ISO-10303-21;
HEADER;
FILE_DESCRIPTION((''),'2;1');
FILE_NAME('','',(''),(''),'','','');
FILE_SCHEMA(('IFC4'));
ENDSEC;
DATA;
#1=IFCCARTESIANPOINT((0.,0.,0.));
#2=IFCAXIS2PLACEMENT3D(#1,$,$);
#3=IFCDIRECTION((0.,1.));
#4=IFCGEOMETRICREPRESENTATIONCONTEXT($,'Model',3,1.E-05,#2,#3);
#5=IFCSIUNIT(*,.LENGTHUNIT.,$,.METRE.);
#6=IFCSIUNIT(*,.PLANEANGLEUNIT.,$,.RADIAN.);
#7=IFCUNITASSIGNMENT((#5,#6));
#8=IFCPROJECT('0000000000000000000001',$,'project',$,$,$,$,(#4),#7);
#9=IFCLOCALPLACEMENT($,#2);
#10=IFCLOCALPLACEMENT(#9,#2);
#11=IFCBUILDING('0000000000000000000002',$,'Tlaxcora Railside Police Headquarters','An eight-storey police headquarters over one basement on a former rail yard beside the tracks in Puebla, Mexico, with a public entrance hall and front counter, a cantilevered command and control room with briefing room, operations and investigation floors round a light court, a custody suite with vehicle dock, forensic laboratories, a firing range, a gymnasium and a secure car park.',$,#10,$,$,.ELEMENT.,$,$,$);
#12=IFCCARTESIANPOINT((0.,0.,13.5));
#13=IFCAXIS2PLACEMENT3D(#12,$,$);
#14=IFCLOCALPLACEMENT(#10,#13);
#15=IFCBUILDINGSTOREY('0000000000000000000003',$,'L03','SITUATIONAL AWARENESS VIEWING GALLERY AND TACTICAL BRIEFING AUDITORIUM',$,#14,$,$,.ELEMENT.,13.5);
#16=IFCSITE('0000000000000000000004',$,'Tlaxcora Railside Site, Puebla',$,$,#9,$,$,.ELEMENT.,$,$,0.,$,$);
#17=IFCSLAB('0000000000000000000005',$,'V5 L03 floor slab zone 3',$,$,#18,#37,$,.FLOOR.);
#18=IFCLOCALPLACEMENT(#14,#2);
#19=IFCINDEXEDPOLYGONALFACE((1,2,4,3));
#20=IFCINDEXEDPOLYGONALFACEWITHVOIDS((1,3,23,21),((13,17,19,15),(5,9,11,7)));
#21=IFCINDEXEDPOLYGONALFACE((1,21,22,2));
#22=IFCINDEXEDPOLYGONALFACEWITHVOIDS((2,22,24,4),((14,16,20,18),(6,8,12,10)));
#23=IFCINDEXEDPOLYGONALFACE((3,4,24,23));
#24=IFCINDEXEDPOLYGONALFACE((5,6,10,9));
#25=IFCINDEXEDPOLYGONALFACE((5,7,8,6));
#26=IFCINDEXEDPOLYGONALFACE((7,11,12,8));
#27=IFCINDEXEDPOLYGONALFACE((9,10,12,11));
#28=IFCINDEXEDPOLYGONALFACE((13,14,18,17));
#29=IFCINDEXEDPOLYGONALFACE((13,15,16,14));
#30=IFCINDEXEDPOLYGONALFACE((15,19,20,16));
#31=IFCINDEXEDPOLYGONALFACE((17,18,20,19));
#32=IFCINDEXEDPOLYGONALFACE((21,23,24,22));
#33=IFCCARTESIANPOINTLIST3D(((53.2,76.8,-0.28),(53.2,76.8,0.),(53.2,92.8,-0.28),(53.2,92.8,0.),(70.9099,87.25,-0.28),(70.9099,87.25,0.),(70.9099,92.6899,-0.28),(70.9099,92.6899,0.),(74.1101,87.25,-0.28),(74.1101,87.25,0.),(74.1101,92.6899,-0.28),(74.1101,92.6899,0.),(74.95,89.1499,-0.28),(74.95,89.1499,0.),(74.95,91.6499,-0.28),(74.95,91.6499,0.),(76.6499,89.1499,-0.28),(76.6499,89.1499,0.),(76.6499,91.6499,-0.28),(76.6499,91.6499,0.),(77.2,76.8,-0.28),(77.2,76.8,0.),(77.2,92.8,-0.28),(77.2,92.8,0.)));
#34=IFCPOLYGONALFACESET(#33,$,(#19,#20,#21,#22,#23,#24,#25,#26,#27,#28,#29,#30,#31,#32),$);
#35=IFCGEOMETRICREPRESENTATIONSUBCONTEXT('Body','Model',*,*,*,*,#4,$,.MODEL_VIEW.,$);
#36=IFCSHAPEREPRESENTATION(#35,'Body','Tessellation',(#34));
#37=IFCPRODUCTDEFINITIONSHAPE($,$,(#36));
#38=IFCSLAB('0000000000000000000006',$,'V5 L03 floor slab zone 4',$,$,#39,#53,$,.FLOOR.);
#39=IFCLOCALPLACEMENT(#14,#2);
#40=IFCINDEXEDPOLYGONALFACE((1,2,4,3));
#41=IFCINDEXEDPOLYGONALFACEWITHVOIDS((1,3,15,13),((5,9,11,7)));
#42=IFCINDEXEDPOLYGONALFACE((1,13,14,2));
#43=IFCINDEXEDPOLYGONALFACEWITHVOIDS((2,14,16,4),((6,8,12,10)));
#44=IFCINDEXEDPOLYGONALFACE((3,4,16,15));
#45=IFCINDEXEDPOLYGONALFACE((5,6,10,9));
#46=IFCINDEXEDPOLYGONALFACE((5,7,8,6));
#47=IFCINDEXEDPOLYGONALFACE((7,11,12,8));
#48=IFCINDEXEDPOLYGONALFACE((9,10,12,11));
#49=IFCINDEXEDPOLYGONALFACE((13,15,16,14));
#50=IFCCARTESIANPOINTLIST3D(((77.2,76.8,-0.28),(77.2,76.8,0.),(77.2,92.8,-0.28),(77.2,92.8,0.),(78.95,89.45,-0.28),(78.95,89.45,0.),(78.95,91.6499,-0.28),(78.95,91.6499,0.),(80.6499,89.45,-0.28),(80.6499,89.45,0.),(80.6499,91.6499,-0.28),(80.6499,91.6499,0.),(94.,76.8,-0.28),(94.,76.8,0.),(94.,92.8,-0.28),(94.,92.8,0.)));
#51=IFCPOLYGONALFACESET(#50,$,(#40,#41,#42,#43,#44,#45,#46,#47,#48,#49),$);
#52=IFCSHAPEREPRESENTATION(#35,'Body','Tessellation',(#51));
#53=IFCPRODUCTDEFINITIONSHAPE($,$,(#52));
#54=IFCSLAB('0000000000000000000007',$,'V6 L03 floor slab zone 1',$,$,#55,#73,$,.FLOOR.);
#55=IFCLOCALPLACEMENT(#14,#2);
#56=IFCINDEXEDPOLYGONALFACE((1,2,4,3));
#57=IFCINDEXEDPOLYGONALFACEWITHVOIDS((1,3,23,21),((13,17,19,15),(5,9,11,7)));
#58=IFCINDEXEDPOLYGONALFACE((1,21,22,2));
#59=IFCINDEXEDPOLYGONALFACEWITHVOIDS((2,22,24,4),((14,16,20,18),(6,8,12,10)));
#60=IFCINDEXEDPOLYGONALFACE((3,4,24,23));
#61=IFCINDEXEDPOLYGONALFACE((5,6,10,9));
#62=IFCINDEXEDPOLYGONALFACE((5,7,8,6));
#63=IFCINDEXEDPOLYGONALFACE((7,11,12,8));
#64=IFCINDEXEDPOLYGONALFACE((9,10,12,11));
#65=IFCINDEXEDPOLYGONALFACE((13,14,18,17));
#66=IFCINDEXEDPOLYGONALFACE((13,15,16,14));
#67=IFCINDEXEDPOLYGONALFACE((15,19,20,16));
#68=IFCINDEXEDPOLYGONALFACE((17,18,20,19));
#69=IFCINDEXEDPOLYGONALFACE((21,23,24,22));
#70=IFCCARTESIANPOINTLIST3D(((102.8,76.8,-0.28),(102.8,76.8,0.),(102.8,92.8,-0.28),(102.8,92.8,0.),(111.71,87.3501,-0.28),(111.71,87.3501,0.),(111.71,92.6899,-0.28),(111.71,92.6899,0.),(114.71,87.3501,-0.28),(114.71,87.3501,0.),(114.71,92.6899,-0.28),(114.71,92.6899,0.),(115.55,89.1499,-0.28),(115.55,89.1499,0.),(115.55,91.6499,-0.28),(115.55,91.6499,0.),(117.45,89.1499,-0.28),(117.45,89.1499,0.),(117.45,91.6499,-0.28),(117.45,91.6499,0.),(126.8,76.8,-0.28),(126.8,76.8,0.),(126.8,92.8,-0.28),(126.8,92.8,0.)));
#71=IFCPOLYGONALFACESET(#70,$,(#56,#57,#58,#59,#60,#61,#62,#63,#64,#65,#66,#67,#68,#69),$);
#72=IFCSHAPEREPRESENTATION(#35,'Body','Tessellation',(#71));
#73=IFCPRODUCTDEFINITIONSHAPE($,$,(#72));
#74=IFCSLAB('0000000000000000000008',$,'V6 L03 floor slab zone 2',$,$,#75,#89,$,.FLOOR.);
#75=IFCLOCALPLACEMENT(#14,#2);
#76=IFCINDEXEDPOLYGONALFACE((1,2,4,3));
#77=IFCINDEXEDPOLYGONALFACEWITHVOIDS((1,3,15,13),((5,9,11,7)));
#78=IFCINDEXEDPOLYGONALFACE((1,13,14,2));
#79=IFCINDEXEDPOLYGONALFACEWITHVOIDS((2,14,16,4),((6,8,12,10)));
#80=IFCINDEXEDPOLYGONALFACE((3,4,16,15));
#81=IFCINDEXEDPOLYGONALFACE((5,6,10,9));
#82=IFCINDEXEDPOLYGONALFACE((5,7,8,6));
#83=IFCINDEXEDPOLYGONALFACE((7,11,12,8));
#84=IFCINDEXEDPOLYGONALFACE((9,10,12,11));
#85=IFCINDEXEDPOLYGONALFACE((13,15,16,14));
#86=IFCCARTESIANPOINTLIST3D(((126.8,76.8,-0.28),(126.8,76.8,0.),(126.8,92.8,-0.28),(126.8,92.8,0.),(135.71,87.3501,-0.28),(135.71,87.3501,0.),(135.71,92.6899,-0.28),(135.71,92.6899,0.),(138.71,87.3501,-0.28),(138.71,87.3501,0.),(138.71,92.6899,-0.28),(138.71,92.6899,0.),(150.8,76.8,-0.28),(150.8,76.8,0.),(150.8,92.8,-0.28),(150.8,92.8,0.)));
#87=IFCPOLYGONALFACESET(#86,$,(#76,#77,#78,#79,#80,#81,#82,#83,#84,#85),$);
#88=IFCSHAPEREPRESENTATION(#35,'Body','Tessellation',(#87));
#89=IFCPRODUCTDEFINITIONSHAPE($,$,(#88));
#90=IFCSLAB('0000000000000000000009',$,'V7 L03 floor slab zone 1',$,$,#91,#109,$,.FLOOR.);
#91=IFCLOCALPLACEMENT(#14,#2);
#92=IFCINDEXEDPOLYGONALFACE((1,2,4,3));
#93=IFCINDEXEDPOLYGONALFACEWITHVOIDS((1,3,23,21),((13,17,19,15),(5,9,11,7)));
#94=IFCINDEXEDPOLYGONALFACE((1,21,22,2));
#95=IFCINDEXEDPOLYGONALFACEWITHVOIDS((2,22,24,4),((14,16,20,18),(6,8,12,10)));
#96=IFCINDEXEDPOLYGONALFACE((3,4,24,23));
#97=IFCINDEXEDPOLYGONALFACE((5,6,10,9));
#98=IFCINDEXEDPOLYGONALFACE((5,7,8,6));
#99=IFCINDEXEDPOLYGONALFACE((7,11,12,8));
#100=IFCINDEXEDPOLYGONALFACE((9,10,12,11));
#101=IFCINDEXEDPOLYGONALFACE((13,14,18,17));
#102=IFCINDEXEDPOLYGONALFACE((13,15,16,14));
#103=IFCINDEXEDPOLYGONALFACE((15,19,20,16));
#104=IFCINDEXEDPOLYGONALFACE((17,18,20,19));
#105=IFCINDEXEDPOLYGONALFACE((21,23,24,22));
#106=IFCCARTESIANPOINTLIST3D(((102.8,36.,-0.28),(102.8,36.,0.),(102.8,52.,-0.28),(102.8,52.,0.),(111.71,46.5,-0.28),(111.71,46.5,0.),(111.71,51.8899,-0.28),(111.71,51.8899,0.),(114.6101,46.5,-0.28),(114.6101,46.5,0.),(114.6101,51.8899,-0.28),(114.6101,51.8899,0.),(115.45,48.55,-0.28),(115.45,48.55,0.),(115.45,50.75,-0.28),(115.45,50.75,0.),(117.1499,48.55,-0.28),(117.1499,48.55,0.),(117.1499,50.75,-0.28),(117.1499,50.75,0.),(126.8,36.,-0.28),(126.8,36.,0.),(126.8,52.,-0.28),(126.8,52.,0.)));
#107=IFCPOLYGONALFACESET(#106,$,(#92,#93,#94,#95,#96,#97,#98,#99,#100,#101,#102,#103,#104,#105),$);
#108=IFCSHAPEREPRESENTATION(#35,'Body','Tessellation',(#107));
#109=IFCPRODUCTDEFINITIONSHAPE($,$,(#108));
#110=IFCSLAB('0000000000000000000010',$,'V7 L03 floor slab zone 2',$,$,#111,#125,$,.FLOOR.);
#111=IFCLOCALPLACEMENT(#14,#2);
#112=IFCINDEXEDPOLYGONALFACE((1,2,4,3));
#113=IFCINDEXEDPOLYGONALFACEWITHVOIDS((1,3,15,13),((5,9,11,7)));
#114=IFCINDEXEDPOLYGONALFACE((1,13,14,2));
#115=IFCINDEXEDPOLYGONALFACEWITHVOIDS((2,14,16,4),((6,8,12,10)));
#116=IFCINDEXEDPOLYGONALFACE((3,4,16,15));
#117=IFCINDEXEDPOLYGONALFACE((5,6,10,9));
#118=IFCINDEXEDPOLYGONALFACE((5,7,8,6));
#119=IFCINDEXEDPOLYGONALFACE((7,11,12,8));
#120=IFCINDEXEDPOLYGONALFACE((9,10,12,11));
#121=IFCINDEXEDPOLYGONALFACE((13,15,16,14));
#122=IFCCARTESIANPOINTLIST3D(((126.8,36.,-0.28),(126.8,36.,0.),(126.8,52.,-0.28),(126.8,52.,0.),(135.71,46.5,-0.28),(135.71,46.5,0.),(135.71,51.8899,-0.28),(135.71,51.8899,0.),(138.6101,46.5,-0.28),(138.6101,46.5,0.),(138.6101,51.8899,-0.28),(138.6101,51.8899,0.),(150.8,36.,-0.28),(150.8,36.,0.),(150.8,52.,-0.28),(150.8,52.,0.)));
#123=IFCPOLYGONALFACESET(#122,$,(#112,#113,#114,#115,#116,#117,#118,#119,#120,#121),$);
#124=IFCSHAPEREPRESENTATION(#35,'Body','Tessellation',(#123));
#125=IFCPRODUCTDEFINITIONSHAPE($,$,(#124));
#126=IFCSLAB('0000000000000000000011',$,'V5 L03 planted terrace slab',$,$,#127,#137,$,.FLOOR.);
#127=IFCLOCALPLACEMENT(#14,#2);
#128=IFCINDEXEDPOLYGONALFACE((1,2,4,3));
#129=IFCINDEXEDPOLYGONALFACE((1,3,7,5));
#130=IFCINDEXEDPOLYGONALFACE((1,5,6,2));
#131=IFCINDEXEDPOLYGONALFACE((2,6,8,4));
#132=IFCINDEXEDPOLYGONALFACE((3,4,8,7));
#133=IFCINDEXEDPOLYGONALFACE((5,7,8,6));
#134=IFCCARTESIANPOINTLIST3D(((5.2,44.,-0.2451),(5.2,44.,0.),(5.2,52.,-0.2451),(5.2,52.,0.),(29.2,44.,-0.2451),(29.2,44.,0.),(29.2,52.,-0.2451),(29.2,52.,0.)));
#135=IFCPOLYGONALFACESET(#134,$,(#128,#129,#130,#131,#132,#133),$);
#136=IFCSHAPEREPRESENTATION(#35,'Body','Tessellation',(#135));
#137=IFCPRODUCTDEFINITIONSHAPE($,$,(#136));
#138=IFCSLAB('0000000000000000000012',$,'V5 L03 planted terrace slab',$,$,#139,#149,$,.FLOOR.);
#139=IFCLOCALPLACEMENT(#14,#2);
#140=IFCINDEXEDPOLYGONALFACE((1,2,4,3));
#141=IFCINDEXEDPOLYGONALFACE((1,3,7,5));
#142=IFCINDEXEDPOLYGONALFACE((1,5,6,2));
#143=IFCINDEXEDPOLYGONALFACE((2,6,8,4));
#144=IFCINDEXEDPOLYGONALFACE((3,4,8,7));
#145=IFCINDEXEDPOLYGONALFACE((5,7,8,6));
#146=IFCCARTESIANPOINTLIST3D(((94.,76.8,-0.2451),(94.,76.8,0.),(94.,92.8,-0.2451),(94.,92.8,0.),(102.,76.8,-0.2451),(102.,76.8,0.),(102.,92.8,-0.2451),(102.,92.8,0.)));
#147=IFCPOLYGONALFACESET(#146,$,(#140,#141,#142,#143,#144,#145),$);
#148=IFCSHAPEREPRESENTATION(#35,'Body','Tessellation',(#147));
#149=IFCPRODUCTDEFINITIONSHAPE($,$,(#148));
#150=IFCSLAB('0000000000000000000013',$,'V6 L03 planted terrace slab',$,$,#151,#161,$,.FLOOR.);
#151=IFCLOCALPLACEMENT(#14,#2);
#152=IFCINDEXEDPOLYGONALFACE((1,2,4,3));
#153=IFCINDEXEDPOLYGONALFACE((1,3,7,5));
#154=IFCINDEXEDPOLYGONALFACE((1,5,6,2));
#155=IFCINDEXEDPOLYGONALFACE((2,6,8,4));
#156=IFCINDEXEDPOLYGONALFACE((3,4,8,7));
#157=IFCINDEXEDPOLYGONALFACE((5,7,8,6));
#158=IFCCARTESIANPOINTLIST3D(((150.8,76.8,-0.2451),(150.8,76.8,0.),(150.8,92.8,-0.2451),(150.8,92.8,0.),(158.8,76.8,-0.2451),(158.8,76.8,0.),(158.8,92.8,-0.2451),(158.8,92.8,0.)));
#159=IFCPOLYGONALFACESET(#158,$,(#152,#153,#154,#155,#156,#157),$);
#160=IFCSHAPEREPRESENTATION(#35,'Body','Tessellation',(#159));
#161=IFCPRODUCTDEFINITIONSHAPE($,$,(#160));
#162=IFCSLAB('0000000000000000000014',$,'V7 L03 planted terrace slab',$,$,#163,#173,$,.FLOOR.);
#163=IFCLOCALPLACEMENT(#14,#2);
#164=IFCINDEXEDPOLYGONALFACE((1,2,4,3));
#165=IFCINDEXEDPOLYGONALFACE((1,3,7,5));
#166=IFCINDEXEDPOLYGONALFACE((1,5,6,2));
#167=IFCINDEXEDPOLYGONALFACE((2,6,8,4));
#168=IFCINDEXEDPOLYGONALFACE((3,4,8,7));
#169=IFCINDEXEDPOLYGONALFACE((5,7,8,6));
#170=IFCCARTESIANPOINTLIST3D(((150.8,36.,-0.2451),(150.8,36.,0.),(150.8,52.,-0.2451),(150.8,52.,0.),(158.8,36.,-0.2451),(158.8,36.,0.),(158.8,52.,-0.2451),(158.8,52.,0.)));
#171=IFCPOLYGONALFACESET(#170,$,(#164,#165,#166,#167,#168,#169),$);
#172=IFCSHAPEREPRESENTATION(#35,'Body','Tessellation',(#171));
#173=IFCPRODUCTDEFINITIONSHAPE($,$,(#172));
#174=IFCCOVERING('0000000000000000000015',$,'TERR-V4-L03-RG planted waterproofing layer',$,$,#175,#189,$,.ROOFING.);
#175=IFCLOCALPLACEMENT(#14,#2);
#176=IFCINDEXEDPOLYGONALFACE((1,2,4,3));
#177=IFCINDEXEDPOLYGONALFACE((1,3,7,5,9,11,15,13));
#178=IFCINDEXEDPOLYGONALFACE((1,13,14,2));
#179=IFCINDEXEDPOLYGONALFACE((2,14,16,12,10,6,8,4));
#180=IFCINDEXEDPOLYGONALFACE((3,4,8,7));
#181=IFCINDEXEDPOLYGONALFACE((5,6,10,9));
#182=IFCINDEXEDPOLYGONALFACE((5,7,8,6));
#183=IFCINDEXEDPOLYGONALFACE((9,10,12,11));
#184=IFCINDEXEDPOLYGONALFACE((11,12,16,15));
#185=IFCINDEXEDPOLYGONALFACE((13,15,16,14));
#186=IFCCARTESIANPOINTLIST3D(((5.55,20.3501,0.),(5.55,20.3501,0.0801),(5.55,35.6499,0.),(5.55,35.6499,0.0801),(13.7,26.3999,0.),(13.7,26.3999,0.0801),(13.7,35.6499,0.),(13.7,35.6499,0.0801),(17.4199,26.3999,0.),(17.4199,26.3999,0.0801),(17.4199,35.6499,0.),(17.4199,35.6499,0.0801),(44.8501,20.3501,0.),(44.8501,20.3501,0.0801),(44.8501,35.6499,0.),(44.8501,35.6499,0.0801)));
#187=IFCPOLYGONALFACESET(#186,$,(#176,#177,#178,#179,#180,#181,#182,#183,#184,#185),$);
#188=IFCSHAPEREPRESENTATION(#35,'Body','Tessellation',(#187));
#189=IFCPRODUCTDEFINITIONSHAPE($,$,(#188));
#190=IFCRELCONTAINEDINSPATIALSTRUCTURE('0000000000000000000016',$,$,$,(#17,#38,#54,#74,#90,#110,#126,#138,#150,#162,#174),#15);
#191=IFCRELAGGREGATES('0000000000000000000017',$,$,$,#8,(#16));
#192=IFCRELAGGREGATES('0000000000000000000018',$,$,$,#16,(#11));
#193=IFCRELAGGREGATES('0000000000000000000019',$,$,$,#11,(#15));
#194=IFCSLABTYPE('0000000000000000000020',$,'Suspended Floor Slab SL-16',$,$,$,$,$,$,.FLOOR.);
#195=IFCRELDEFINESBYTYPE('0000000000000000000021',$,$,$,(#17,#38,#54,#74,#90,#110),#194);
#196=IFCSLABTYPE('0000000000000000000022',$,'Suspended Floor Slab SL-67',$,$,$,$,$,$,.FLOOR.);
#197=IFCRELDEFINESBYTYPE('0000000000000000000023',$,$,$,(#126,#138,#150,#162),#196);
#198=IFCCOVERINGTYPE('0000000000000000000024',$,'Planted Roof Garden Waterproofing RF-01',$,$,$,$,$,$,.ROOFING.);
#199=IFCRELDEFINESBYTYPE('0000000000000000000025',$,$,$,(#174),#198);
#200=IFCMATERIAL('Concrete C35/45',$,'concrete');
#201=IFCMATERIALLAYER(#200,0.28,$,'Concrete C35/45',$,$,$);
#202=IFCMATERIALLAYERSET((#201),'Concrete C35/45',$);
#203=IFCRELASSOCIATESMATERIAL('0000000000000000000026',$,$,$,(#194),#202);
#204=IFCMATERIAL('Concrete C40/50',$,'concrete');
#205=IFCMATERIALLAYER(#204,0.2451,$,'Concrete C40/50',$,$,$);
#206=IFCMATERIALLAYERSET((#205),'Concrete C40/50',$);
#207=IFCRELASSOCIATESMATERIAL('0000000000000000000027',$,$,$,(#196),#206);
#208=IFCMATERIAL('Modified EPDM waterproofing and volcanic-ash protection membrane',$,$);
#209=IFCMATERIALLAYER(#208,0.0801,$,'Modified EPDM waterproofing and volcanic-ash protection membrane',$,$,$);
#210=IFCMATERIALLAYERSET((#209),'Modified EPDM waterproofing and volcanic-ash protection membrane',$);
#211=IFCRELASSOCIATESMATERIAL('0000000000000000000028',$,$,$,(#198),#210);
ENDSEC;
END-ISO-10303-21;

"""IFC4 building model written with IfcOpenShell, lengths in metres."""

from ifc_helpers import new_model, si_unit, direction, frame, origin, place, context, subcontext, project, spatial, polyline, outline, extrude, material, layer, layer_set, type_object, element, save


model = new_model("IFC4")

# Units and contexts
model_context = context("Model", 3, precision=1e-05, world=origin(), true_north=direction((0.0, 1.0)))
body_context = subcontext(model_context, "Body", "Model", "MODEL_VIEW")
ifc_project = project(units=[si_unit("LENGTHUNIT", "METRE"), si_unit("PLANEANGLEUNIT", "RADIAN")], contexts=[model_context])

# Site, building, storey
site_placement = place(None, origin())
site = spatial("IfcSite", under=ifc_project, at=site_placement, Name="Tlaxcora Railside Site, Puebla", CompositionType="ELEMENT", RefElevation=0.0)
building_placement = place(site_placement, origin())
building = spatial("IfcBuilding", under=site, at=building_placement, Name="Tlaxcora Railside Police Headquarters", Description="An eight-storey police headquarters over one basement on a former rail yard beside the tracks in Puebla, Mexico, with a public entrance hall and front counter, a cantilevered command and control room with briefing room, operations and investigation floors round a light court, a custody suite with vehicle dock, forensic laboratories, a firing range, a gymnasium and a secure car park.", CompositionType="ELEMENT")
storey_placement = place(building_placement, frame((0.0, 0.0, 13.5)))
storey = spatial("IfcBuildingStorey", under=building, at=storey_placement, Name="L03", Description="SITUATIONAL AWARENESS VIEWING GALLERY AND TACTICAL BRIEFING AUDITORIUM", CompositionType="ELEMENT", Elevation=13.5)

# Shared definitions
ifc_material_1 = material(Name="Concrete C40/50", Category="concrete")

# Slabs
ifc_material_2 = material(Name="Concrete C35/45", Category="concrete")
ifc_layer_1 = layer(ifc_material_2, 0.28, Name="Concrete C35/45")
ifc_layer_set_1 = layer_set([ifc_layer_1], Name="Concrete C35/45")
slab_type_1 = type_object("IfcSlabType", Name="Suspended Floor Slab SL-16", PredefinedType="FLOOR", material=ifc_layer_set_1)
slab_1_placement = place(storey_placement, frame((0.0, 0.0, -0.28)))
element("IfcSlab", 1, at=slab_1_placement, inside=storey, type_object=slab_type_1, Name="V5 L03 floor slab zone 3", PredefinedType="FLOOR", context=body_context, shape_type="SweptSolid", body=[
    extrude(outline(polyline([(77.2, 92.8), (53.2, 92.8), (53.2, 76.8), (77.2, 76.8), (77.2, 92.8)]), holes=[polyline([(70.9099, 92.6899), (74.1101, 92.6899), (74.1101, 87.25), (70.9099, 87.25), (70.9099, 92.6899)]), polyline([(76.6499, 91.6499), (76.6499, 89.1499), (74.95, 89.1499), (74.95, 91.6499), (76.6499, 91.6499)])]), origin(), (0.0, 0.0, 1.0), 0.28),
])
slab_2_placement = place(storey_placement, frame((0.0, 0.0, -0.28)))
element("IfcSlab", 2, at=slab_2_placement, inside=storey, type_object=slab_type_1, Name="V5 L03 floor slab zone 4", PredefinedType="FLOOR", context=body_context, shape_type="SweptSolid", body=[
    extrude(outline(polyline([(94.0, 92.8), (77.2, 92.8), (77.2, 76.8), (94.0, 76.8), (94.0, 92.8)]), holes=[polyline([(80.6499, 89.45), (78.95, 89.45), (78.95, 91.6499), (80.6499, 91.6499), (80.6499, 89.45)])]), origin(), (0.0, 0.0, 1.0), 0.28),
])
slab_3_placement = place(storey_placement, frame((0.0, 0.0, -0.28)))
element("IfcSlab", 3, at=slab_3_placement, inside=storey, type_object=slab_type_1, Name="V6 L03 floor slab zone 1", PredefinedType="FLOOR", context=body_context, shape_type="SweptSolid", body=[
    extrude(outline(polyline([(126.8, 92.8), (102.8, 92.8), (102.8, 76.8), (126.8, 76.8), (126.8, 92.8)]), holes=[polyline([(111.71, 92.6899), (114.71, 92.6899), (114.71, 87.3501), (111.71, 87.3501), (111.71, 92.6899)]), polyline([(117.45, 91.6499), (117.45, 89.1499), (115.55, 89.1499), (115.55, 91.6499), (117.45, 91.6499)])]), origin(), (0.0, 0.0, 1.0), 0.28),
])
slab_4_placement = place(storey_placement, frame((0.0, 0.0, -0.28)))
element("IfcSlab", 4, at=slab_4_placement, inside=storey, type_object=slab_type_1, Name="V6 L03 floor slab zone 2", PredefinedType="FLOOR", context=body_context, shape_type="SweptSolid", body=[
    extrude(outline(polyline([(150.8, 92.8), (126.8, 92.8), (126.8, 76.8), (150.8, 76.8), (150.8, 92.8)]), holes=[polyline([(138.71, 87.3501), (135.71, 87.3501), (135.71, 92.6899), (138.71, 92.6899), (138.71, 87.3501)])]), origin(), (0.0, 0.0, 1.0), 0.28),
])
slab_5_placement = place(storey_placement, frame((0.0, 0.0, -0.28)))
element("IfcSlab", 5, at=slab_5_placement, inside=storey, type_object=slab_type_1, Name="V7 L03 floor slab zone 1", PredefinedType="FLOOR", context=body_context, shape_type="SweptSolid", body=[
    extrude(outline(polyline([(126.8, 52.0), (102.8, 52.0), (102.8, 36.0), (126.8, 36.0), (126.8, 52.0)]), holes=[polyline([(111.71, 51.8899), (114.6101, 51.8899), (114.6101, 46.5), (111.71, 46.5), (111.71, 51.8899)]), polyline([(117.1499, 50.75), (117.1499, 48.55), (115.45, 48.55), (115.45, 50.75), (117.1499, 50.75)])]), origin(), (0.0, 0.0, 1.0), 0.28),
])
slab_6_placement = place(storey_placement, frame((0.0, 0.0, -0.28)))
element("IfcSlab", 6, at=slab_6_placement, inside=storey, type_object=slab_type_1, Name="V7 L03 floor slab zone 2", PredefinedType="FLOOR", context=body_context, shape_type="SweptSolid", body=[
    extrude(outline(polyline([(150.8, 52.0), (126.8, 52.0), (126.8, 36.0), (150.8, 36.0), (150.8, 52.0)]), holes=[polyline([(138.6101, 46.5), (135.71, 46.5), (135.71, 51.8899), (138.6101, 51.8899), (138.6101, 46.5)])]), origin(), (0.0, 0.0, 1.0), 0.28),
])
ifc_layer_2 = layer(ifc_material_1, 0.2451, Name="Concrete C40/50")
ifc_layer_set_2 = layer_set([ifc_layer_2], Name="Concrete C40/50")
slab_type_2 = type_object("IfcSlabType", Name="Suspended Floor Slab SL-67", PredefinedType="FLOOR", material=ifc_layer_set_2)
slab_7_placement = place(storey_placement, frame((0.0, 0.0, -0.2451)))
element("IfcSlab", 7, at=slab_7_placement, inside=storey, type_object=slab_type_2, Name="V5 L03 planted terrace slab", PredefinedType="FLOOR", context=body_context, shape_type="SweptSolid", body=[
    extrude(outline(polyline([(29.2, 44.0), (29.2, 52.0), (5.2, 52.0), (5.2, 44.0), (29.2, 44.0)])), origin(), (0.0, 0.0, 1.0), 0.2451),
])
slab_8_placement = place(storey_placement, frame((0.0, 0.0, -0.2451)))
element("IfcSlab", 8, at=slab_8_placement, inside=storey, type_object=slab_type_2, Name="V5 L03 planted terrace slab", PredefinedType="FLOOR", context=body_context, shape_type="SweptSolid", body=[
    extrude(outline(polyline([(102.0, 76.8), (102.0, 92.8), (94.0, 92.8), (94.0, 76.8), (102.0, 76.8)])), origin(), (0.0, 0.0, 1.0), 0.2451),
])
slab_9_placement = place(storey_placement, frame((0.0, 0.0, -0.2451)))
element("IfcSlab", 9, at=slab_9_placement, inside=storey, type_object=slab_type_2, Name="V6 L03 planted terrace slab", PredefinedType="FLOOR", context=body_context, shape_type="SweptSolid", body=[
    extrude(outline(polyline([(158.8, 76.8), (158.8, 92.8), (150.8, 92.8), (150.8, 76.8), (158.8, 76.8)])), origin(), (0.0, 0.0, 1.0), 0.2451),
])
slab_10_placement = place(storey_placement, frame((0.0, 0.0, -0.2451)))
element("IfcSlab", 10, at=slab_10_placement, inside=storey, type_object=slab_type_2, Name="V7 L03 planted terrace slab", PredefinedType="FLOOR", context=body_context, shape_type="SweptSolid", body=[
    extrude(outline(polyline([(158.8, 36.0), (158.8, 52.0), (150.8, 52.0), (150.8, 36.0), (158.8, 36.0)])), origin(), (0.0, 0.0, 1.0), 0.2451),
])

# Covering
ifc_material_3 = material(Name="Modified EPDM waterproofing and volcanic-ash protection membrane")
ifc_layer_3 = layer(ifc_material_3, 0.0801, Name="Modified EPDM waterproofing and volcanic-ash protection membrane")
ifc_layer_set_3 = layer_set([ifc_layer_3], Name="Modified EPDM waterproofing and volcanic-ash protection membrane")
covering_type = type_object("IfcCoveringType", Name="Planted Roof Garden Waterproofing RF-01", PredefinedType="ROOFING", material=ifc_layer_set_3)
covering_1_placement = place(storey_placement, origin())
element("IfcCovering", 11, at=covering_1_placement, inside=storey, type_object=covering_type, Name="TERR-V4-L03-RG planted waterproofing layer", PredefinedType="ROOFING", context=body_context, shape_type="SweptSolid", body=[
    extrude(outline(polyline([(44.8501, 20.3501), (5.55, 20.3501), (5.55, 35.6499), (13.7, 35.6499), (13.7, 26.3999), (17.4199, 26.3999), (17.4199, 35.6499), (44.8501, 35.6499), (44.8501, 20.3501)])), origin(), (0.0, 0.0, 1.0), 0.0801),
])

save(model, "model.ifc")
